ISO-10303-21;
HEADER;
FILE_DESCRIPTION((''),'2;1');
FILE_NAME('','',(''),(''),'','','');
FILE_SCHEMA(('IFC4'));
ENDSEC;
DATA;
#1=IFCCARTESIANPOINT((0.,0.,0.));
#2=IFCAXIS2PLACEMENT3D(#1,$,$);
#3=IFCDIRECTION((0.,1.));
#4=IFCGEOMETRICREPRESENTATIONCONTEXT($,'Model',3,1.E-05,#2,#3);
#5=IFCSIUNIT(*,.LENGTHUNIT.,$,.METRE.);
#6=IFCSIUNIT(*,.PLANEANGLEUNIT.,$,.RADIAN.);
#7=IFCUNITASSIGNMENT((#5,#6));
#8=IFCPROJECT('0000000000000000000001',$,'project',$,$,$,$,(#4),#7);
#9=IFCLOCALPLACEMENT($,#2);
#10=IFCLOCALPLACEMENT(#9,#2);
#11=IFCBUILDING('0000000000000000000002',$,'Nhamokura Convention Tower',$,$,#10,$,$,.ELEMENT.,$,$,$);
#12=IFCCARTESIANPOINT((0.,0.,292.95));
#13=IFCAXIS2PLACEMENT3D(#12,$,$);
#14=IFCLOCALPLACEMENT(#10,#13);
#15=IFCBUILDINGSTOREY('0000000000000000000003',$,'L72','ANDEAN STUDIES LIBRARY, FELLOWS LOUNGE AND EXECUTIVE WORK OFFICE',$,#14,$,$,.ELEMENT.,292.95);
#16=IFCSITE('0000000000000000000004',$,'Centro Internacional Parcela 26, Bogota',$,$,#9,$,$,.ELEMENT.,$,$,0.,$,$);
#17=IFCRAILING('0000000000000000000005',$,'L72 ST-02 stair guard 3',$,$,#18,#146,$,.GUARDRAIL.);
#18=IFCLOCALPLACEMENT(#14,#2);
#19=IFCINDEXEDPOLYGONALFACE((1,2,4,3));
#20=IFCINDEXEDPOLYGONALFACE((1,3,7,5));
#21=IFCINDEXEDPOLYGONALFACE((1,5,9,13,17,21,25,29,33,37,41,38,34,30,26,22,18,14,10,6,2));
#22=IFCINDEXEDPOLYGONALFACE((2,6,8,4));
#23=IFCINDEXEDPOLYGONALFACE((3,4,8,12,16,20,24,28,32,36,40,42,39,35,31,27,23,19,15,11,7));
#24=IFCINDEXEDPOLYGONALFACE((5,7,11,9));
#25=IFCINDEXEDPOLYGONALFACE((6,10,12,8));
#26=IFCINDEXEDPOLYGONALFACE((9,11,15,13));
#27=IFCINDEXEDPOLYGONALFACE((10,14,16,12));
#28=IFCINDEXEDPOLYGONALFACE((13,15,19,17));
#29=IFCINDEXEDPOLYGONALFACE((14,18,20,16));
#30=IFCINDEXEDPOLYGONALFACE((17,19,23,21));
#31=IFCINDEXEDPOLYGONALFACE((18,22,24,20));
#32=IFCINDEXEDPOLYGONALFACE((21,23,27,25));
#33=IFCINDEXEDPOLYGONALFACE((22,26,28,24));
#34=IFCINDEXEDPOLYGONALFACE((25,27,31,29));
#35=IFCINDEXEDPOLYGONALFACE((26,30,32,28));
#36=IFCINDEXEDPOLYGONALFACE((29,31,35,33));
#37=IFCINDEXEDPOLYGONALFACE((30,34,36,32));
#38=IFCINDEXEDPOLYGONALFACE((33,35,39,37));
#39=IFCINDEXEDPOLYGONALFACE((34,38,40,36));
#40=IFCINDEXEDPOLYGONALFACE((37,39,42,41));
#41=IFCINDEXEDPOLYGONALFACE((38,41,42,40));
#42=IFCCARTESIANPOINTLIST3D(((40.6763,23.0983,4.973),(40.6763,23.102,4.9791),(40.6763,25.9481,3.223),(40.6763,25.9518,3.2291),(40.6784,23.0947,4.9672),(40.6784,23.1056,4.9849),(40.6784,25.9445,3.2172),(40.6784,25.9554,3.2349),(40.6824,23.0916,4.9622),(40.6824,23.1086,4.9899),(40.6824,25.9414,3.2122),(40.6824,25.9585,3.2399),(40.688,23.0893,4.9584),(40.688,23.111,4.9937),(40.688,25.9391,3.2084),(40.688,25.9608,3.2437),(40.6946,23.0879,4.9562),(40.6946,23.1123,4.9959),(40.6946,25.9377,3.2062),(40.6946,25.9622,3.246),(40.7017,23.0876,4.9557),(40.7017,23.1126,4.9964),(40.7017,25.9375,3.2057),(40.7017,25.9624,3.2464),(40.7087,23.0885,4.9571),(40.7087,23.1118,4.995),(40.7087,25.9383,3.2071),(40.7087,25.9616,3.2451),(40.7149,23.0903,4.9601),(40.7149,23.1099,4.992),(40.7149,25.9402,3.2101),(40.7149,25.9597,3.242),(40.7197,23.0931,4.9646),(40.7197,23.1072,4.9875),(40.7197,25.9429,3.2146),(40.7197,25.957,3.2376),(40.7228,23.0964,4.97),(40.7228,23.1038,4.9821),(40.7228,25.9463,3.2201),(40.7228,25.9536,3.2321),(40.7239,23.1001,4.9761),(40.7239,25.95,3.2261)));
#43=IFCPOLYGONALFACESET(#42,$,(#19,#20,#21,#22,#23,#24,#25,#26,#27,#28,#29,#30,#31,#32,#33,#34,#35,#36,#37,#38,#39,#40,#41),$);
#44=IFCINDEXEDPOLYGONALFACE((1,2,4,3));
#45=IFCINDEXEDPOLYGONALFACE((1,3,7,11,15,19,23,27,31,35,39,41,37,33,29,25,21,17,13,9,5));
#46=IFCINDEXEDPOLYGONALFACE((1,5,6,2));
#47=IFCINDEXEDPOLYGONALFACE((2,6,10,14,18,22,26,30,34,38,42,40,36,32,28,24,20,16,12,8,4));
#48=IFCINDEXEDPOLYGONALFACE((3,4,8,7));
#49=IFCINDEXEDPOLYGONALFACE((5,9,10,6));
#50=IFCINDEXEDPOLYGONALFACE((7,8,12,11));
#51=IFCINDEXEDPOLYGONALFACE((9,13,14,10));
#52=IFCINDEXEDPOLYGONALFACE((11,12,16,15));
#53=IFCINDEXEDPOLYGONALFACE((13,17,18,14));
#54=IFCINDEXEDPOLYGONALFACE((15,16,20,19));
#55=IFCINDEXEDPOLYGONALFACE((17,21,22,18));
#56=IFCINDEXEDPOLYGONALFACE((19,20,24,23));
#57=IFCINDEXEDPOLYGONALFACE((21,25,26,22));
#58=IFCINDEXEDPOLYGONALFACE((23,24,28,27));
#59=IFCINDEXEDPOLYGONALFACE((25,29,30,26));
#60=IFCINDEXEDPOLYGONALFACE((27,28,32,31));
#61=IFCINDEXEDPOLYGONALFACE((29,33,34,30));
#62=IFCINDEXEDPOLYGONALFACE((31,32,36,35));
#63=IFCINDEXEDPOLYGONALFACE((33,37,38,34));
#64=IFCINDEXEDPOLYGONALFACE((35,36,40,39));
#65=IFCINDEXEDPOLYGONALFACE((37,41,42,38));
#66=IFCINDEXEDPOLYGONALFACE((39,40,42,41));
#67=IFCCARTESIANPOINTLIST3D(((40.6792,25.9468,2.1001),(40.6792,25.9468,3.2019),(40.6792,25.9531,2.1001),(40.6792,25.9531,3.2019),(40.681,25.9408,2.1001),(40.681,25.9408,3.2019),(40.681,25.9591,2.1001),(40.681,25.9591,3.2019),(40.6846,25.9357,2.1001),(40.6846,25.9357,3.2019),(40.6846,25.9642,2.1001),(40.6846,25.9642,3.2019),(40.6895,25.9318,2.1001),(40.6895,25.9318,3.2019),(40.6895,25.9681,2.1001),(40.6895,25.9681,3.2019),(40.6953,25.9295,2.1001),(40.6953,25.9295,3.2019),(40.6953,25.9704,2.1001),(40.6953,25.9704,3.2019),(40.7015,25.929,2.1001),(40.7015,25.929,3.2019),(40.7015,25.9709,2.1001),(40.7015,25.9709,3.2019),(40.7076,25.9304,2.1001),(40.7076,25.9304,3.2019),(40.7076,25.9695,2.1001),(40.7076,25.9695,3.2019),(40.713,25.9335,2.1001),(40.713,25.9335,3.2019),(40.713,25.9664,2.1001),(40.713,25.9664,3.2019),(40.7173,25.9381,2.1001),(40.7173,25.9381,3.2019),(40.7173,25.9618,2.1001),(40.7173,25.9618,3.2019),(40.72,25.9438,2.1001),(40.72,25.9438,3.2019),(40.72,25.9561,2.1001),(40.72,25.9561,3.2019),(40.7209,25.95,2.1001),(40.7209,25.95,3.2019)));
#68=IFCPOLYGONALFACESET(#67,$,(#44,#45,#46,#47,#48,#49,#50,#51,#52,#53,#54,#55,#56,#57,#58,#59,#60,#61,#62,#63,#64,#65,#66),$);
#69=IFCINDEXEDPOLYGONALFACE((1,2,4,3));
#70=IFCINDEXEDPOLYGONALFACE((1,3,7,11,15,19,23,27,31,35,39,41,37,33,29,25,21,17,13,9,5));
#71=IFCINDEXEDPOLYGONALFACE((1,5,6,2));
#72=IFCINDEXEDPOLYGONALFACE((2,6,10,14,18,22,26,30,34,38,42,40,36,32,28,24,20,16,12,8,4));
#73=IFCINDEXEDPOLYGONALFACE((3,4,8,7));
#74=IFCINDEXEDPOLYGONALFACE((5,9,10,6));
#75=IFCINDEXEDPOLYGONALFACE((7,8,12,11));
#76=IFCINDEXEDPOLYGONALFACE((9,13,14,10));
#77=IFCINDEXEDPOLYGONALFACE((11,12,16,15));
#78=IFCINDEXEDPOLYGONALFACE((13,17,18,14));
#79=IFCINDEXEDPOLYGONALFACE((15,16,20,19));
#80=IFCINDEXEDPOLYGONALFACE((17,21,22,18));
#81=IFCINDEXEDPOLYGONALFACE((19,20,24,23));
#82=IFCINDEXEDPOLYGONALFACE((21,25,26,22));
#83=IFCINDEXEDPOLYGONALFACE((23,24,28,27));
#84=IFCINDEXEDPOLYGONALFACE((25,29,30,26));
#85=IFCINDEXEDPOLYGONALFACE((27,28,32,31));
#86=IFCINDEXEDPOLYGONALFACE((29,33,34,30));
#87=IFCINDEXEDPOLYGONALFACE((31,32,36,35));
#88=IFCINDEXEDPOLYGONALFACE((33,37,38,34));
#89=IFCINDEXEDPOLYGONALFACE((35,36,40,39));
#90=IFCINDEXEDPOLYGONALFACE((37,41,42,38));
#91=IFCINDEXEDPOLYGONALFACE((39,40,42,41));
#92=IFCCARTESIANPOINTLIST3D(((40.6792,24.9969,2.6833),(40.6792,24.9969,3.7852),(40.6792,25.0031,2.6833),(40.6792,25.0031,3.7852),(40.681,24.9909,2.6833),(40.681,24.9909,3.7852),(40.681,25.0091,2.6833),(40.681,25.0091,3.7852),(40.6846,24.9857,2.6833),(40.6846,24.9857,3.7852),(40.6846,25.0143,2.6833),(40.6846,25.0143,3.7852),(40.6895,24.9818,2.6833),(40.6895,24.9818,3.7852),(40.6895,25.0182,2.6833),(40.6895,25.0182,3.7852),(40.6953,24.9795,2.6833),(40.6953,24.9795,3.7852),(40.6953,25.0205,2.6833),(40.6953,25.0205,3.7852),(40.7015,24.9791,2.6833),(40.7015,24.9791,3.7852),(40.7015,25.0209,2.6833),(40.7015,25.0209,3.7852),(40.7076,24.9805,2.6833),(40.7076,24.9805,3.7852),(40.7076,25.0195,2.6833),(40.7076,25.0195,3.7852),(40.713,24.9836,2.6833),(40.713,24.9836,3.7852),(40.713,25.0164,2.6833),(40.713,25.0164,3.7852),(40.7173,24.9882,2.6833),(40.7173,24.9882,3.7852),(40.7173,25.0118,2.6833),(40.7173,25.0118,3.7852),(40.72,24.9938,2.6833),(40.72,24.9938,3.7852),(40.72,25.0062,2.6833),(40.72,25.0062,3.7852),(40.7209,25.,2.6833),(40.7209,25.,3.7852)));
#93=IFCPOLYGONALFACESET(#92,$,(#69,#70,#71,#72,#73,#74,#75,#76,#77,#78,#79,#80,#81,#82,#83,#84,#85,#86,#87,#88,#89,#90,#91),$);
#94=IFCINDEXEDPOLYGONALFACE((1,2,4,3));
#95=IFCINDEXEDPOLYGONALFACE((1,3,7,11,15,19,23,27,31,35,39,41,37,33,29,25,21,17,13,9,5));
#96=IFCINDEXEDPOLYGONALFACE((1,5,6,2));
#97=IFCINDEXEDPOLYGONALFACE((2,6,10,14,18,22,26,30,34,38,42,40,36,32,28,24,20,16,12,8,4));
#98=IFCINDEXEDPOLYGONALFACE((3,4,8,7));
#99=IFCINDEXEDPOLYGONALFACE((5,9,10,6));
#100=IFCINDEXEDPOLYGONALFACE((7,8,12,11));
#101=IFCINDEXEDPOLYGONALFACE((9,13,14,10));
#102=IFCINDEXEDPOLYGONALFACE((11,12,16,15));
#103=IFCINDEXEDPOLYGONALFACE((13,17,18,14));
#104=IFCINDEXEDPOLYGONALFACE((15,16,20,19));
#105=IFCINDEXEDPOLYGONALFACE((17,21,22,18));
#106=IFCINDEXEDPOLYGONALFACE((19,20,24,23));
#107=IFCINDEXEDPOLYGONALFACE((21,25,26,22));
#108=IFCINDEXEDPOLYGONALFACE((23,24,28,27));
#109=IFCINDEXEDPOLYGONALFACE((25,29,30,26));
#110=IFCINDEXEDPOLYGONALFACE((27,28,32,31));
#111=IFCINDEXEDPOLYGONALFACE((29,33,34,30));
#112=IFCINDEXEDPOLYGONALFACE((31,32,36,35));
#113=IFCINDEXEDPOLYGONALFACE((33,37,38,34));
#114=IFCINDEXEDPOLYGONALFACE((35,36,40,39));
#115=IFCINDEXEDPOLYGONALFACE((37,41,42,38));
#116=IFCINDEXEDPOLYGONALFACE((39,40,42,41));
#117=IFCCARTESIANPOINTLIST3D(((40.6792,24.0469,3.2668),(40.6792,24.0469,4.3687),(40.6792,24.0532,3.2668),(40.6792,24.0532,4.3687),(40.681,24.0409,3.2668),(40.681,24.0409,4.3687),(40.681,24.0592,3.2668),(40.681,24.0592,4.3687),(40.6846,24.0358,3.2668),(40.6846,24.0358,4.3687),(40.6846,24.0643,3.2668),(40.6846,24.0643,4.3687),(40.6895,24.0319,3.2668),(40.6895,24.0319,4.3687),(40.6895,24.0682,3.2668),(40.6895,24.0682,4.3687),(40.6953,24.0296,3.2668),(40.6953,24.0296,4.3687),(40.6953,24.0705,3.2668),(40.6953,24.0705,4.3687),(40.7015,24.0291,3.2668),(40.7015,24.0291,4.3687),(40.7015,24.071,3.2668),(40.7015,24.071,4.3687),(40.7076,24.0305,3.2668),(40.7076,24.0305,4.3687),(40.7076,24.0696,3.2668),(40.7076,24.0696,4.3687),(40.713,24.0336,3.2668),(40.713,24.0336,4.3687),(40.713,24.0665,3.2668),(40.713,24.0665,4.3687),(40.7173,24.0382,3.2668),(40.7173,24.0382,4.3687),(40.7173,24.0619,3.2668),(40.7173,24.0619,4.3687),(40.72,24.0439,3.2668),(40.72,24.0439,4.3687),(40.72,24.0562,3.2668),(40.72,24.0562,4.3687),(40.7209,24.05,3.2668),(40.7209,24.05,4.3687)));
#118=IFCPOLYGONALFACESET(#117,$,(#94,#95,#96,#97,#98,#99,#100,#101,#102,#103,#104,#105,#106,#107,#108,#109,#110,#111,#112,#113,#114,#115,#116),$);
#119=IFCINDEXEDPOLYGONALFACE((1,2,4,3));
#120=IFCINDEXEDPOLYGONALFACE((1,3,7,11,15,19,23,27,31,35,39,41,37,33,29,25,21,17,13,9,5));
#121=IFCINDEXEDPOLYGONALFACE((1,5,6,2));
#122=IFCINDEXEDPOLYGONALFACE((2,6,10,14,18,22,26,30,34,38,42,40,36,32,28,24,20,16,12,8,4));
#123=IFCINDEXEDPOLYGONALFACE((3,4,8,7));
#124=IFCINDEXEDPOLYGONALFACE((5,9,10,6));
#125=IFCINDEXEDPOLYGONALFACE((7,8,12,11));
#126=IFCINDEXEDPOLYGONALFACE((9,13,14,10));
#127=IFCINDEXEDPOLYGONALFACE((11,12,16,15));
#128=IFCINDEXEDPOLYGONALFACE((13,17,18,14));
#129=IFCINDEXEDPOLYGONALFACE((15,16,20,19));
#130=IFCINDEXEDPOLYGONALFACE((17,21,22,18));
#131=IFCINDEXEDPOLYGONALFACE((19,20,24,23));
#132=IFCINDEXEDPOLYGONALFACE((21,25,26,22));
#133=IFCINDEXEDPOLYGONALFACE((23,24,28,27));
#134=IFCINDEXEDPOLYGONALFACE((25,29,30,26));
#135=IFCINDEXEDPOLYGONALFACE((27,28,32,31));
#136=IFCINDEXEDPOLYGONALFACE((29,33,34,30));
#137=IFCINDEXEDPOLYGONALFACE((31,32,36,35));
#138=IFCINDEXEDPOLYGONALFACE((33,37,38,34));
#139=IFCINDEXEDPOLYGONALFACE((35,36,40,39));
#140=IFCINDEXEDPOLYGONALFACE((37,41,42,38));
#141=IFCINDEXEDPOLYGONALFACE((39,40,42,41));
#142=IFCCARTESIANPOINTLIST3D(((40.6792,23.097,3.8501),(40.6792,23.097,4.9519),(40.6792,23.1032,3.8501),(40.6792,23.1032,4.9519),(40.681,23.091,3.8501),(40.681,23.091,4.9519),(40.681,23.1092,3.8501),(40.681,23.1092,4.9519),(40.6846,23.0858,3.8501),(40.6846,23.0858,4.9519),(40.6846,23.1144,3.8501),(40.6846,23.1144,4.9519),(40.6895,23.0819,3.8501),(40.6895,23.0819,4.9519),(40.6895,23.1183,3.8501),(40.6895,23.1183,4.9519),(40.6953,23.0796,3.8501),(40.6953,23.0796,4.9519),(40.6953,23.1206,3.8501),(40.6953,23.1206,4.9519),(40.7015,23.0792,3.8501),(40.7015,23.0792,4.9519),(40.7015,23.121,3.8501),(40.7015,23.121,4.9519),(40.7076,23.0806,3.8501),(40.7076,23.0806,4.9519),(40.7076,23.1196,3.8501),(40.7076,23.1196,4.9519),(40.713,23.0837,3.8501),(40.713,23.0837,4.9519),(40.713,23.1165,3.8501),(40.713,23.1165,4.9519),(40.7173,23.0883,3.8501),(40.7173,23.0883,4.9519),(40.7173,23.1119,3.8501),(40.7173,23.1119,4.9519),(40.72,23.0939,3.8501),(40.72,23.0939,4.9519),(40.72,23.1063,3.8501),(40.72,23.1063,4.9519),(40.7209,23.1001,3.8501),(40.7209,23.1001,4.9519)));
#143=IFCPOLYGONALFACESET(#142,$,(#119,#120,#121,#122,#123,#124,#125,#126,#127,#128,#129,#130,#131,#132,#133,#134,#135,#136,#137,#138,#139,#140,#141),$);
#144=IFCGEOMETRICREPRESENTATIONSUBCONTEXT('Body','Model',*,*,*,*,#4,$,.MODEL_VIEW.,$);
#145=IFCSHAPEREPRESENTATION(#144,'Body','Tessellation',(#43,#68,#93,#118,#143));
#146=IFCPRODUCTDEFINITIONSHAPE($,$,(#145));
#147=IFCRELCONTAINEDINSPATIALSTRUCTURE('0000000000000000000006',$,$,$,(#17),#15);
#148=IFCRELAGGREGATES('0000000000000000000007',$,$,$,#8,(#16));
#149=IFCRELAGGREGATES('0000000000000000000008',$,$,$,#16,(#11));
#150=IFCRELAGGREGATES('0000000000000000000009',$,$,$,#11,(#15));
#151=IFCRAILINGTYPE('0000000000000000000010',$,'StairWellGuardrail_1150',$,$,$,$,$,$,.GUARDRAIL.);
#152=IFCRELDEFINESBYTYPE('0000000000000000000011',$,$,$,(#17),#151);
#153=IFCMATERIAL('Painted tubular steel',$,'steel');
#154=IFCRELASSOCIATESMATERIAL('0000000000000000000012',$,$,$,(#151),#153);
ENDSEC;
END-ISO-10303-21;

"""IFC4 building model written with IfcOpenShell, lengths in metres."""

from ifc_helpers import new_model, si_unit, direction, frame, origin, origin_2d, place, context, subcontext, project, spatial, circle, extrude, material, type_object, element, save


model = new_model("IFC4")

# Units and contexts
model_context = context("Model", 3, precision=1e-05, world=origin(), true_north=direction((0.0, 1.0)))
body_context = subcontext(model_context, "Body", "Model", "MODEL_VIEW")
ifc_project = project(units=[si_unit("LENGTHUNIT", "METRE"), si_unit("PLANEANGLEUNIT", "RADIAN")], contexts=[model_context])

# Site, building, storey
site_placement = place(None, origin())
site = spatial("IfcSite", under=ifc_project, at=site_placement, Name="Centro Internacional Parcela 26, Bogota", CompositionType="ELEMENT", RefElevation=0.0)
building_placement = place(site_placement, origin())
building = spatial("IfcBuilding", under=site, at=building_placement, Name="Nhamokura Convention Tower", CompositionType="ELEMENT")
storey_placement = place(building_placement, frame((0.0, 0.0, 292.95)))
storey = spatial("IfcBuildingStorey", under=building, at=storey_placement, Name="L72", Description="ANDEAN STUDIES LIBRARY, FELLOWS LOUNGE AND EXECUTIVE WORK OFFICE", CompositionType="ELEMENT", Elevation=292.95)

# Railing
ifc_material_1 = material(Name="Painted tubular steel", Category="steel")
railing_type_1 = type_object("IfcRailingType", Name="StairWellGuardrail_1150", PredefinedType="GUARDRAIL", material=ifc_material_1)
railing_1_placement = place(storey_placement, frame((40.7, 25.95, 2.1001)))
element("IfcRailing", 1, at=railing_1_placement, inside=storey, type_object=railing_type_1, Name="L72 ST-02 stair guard 3", PredefinedType="GUARDRAIL", context=body_context, shape_type="SweptSolid", body=[
    extrude(circle(Radius=0.0239, at=origin_2d()), frame((0.0, 0.0, 1.126), z_axis=(0.0, -0.852159, 0.523283), x_axis=(1.0, 0.0, 0.0)), (0.0, 0.0, 1.0), 3.3442),
    extrude(circle(Radius=0.021, at=origin_2d()), origin(), (0.0, 0.0, 1.0), 1.1018),
    extrude(circle(Radius=0.021, at=origin_2d()), frame((0.0, -0.95, 0.5833)), (0.0, 0.0, 1.0), 1.1018),
    extrude(circle(Radius=0.021, at=origin_2d()), frame((0.0, -1.8999, 1.1667)), (0.0, 0.0, 1.0), 1.1018),
    extrude(circle(Radius=0.021, at=origin_2d()), frame((0.0, -2.8499, 1.75)), (0.0, 0.0, 1.0), 1.1018),
])

save(model, "model.ifc")
